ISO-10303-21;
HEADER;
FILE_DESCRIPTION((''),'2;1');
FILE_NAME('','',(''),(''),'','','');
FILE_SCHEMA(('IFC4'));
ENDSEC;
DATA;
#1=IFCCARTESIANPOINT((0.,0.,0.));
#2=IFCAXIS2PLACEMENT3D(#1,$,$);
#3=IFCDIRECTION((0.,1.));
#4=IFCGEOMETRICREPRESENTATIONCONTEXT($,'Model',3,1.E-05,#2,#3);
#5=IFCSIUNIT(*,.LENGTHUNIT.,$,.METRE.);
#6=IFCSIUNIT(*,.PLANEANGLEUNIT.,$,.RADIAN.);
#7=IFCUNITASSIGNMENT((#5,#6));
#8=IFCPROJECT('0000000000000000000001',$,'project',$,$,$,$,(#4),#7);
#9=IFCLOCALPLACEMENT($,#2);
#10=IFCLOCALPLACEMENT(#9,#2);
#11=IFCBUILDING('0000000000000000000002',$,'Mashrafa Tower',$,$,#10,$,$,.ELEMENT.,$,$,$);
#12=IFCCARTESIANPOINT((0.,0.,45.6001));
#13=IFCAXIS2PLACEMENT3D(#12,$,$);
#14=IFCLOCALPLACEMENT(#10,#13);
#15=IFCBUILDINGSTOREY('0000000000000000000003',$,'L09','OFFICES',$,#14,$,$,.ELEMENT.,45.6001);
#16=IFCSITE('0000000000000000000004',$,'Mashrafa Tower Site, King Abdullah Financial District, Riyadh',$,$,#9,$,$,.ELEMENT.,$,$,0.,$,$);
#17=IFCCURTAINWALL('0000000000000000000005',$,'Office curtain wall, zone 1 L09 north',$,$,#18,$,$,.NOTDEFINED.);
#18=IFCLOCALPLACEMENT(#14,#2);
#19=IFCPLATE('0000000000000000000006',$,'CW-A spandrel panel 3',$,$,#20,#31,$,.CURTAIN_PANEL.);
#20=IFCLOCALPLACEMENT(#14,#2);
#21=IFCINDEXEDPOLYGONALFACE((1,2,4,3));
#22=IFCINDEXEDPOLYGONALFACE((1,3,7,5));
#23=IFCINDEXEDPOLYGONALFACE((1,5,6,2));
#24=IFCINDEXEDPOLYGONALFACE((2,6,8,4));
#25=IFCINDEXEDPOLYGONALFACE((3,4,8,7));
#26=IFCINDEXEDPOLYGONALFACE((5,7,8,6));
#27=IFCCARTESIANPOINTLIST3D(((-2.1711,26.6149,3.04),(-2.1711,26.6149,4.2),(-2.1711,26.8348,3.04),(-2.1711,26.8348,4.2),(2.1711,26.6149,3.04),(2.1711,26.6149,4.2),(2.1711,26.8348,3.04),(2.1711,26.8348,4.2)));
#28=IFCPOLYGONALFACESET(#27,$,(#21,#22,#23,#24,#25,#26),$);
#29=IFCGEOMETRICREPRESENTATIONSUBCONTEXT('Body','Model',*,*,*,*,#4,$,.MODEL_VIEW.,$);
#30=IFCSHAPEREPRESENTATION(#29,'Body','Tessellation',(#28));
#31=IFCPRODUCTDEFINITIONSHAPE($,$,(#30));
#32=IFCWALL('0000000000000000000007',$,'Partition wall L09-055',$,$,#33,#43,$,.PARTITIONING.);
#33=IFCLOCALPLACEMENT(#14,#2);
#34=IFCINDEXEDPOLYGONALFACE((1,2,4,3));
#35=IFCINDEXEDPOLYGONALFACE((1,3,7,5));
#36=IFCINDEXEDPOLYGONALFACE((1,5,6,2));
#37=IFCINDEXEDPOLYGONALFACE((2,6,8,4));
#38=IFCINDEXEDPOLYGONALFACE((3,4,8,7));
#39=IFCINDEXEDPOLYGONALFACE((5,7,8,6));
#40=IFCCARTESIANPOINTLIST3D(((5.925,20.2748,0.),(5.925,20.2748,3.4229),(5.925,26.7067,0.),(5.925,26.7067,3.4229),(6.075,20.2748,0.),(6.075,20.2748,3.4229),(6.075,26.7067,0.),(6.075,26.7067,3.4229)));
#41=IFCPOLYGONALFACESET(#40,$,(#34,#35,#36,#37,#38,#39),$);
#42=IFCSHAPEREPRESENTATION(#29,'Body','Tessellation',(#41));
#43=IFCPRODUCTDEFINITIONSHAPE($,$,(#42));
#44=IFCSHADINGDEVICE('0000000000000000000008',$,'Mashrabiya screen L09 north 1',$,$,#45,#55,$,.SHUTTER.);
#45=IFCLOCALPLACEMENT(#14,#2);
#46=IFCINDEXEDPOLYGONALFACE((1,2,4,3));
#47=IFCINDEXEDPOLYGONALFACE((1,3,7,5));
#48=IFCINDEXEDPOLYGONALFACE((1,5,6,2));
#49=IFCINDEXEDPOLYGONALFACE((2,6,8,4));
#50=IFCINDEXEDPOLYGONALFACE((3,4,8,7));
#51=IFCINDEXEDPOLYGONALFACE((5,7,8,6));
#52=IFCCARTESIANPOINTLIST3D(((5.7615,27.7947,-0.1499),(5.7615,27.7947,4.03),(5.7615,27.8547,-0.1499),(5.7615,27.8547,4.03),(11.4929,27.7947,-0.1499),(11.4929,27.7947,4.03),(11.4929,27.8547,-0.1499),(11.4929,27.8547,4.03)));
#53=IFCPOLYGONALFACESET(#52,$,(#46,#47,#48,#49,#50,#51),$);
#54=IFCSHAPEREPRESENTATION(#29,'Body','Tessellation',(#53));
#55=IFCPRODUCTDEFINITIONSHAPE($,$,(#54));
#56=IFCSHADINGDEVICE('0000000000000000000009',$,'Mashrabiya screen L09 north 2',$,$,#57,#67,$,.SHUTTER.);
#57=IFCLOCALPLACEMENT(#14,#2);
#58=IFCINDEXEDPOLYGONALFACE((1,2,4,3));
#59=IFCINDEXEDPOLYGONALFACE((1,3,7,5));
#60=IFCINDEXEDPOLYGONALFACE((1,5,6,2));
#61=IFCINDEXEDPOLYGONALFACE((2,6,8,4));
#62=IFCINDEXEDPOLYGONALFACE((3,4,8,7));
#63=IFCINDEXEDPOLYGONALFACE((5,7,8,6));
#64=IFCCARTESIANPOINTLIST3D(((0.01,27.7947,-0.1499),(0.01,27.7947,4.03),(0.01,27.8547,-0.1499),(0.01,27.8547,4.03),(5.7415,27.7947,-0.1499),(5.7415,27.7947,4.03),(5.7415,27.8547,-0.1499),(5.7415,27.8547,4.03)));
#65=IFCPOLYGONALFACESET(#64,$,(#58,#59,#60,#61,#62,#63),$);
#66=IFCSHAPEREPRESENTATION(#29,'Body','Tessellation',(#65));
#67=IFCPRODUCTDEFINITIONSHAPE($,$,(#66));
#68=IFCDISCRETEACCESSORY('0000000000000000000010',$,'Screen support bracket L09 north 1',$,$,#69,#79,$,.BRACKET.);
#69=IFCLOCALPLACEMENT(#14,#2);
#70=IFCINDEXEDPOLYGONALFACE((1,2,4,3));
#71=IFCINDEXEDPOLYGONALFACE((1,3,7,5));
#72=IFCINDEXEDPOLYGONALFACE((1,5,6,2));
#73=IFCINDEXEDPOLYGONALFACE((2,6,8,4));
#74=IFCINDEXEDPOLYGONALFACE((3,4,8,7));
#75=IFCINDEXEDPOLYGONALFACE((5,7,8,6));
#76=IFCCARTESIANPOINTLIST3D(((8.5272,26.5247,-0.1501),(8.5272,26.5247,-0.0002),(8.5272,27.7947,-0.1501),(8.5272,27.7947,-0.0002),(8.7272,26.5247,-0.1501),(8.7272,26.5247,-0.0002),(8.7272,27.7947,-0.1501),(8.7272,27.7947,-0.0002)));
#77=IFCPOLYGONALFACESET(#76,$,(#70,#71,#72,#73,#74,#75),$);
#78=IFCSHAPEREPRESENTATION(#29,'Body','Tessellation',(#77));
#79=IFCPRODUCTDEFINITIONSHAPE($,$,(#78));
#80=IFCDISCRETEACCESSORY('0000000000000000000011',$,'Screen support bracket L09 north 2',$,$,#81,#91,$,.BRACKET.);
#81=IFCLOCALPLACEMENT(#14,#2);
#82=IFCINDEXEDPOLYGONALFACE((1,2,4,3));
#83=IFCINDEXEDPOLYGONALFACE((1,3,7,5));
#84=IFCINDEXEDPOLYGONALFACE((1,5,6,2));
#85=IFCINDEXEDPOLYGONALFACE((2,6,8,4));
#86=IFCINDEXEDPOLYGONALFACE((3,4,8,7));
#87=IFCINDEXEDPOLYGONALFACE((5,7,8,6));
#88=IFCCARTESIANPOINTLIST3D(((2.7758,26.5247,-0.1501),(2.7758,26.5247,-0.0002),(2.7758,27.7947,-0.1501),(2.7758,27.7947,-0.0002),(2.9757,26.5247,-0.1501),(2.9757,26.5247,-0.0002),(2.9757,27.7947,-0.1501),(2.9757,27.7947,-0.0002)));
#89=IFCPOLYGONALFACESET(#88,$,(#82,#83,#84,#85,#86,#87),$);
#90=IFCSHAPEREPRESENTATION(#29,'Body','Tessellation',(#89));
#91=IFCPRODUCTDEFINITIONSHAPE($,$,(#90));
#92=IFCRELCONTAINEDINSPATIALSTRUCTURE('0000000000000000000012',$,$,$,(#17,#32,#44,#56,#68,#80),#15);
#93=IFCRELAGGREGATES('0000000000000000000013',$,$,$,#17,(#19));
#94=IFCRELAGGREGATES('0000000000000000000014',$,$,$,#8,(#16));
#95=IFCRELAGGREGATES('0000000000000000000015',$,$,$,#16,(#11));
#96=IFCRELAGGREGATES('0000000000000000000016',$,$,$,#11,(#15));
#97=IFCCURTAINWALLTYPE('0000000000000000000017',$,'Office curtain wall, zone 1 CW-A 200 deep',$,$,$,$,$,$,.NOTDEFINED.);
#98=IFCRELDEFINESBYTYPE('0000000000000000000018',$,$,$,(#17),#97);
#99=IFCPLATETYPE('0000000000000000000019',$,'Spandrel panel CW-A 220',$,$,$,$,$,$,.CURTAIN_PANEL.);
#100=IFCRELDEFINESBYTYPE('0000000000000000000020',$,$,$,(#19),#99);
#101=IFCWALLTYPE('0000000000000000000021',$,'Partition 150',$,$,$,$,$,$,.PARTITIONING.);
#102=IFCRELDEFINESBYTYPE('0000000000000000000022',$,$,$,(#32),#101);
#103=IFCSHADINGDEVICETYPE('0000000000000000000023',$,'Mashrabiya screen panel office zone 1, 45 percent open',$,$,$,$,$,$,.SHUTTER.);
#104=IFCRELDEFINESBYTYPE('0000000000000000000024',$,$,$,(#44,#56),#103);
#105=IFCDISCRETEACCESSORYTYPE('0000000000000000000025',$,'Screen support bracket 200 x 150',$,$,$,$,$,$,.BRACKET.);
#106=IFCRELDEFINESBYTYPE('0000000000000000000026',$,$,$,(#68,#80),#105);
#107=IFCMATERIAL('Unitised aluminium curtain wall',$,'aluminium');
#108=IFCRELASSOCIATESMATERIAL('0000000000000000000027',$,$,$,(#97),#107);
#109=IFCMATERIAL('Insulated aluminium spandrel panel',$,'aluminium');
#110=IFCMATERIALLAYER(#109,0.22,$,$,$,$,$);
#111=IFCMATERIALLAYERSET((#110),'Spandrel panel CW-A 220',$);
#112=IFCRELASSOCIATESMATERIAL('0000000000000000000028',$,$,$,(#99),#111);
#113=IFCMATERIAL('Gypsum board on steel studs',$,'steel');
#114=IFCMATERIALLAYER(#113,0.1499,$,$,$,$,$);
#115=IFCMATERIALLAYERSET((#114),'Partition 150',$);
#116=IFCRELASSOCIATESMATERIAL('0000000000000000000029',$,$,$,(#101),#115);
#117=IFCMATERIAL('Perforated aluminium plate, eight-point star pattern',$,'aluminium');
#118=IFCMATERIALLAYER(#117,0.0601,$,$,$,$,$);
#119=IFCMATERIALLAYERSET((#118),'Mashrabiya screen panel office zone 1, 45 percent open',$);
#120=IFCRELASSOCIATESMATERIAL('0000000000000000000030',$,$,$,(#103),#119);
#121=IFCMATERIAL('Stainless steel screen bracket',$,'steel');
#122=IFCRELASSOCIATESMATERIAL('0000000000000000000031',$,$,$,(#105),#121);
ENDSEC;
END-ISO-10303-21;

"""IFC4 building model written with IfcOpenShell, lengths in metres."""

from ifc_helpers import new_model, si_unit, direction, frame, frame_2d, origin, origin_2d, place, context, subcontext, project, spatial, rectangle, extrude, source, transform, mapped, material, layer, layer_set, type_object, type_shapes, element, aggregate, save


model = new_model("IFC4")

# Units and contexts
model_context = context("Model", 3, precision=1e-05, world=origin(), true_north=direction((0.0, 1.0)))
body_context = subcontext(model_context, "Body", "Model", "MODEL_VIEW")
ifc_project = project(units=[si_unit("LENGTHUNIT", "METRE"), si_unit("PLANEANGLEUNIT", "RADIAN")], contexts=[model_context])

# Site, building, storey
site_placement = place(None, origin())
site = spatial("IfcSite", under=ifc_project, at=site_placement, Name="Mashrafa Tower Site, King Abdullah Financial District, Riyadh", CompositionType="ELEMENT", RefElevation=0.0)
building_placement = place(site_placement, origin())
building = spatial("IfcBuilding", under=site, at=building_placement, Name="Mashrafa Tower", CompositionType="ELEMENT")
storey_placement = place(building_placement, frame((0.0, 0.0, 45.6001)))
storey = spatial("IfcBuildingStorey", under=building, at=storey_placement, Name="L09", Description="OFFICES", CompositionType="ELEMENT", Elevation=45.6001)

# Shared definitions
ifc_material_1 = material(Name="Unitised aluminium curtain wall", Category="aluminium")
curtain_wall_type = type_object("IfcCurtainWallType", Name="Office curtain wall, zone 1 CW-A 200 deep", PredefinedType="NOTDEFINED", material=ifc_material_1)

# Curtain wall
curtain_wall_1_placement = place(storey_placement, origin())
curtain_wall_1 = element("IfcCurtainWall", 1, at=curtain_wall_1_placement, inside=storey, type_object=curtain_wall_type, Name="Office curtain wall, zone 1 L09 north", PredefinedType="NOTDEFINED")

# Plate
ifc_material_2 = material(Name="Insulated aluminium spandrel panel", Category="aluminium")
ifc_layer_1 = layer(ifc_material_2, 0.22)
ifc_layer_set_1 = layer_set([ifc_layer_1], Name="Spandrel panel CW-A 220")
plate_type_1 = type_object("IfcPlateType", Name="Spandrel panel CW-A 220", PredefinedType="CURTAIN_PANEL", material=ifc_layer_set_1)
shared_shape_1 = source(origin(), body_context, "Body", "SweptSolid", [
    extrude(rectangle(XDim=4.3423, YDim=0.22, at=origin_2d()), origin(), (0.0, 0.0, 1.0), 1.1599),
])
plate_1_placement = place(storey_placement, frame((0.0, 26.7249, 3.04), z_axis=(0.0, 0.0, 1.0), x_axis=(-1.0, 0.0, 0.0)))
plate_1 = element("IfcPlate", 2, at=plate_1_placement, type_object=plate_type_1, Name="CW-A spandrel panel 3", PredefinedType="CURTAIN_PANEL", context=body_context, shape_type="MappedRepresentation", body=[
    mapped(shared_shape_1, transform((0.0, 0.0, 0.0))),
])
aggregate(curtain_wall_1, [plate_1])

# Wall
ifc_material_3 = material(Name="Gypsum board on steel studs", Category="steel")
ifc_layer_2 = layer(ifc_material_3, 0.1499)
ifc_layer_set_2 = layer_set([ifc_layer_2], Name="Partition 150")
wall_type = type_object("IfcWallType", Name="Partition 150", PredefinedType="PARTITIONING", material=ifc_layer_set_2)
wall_placement = place(storey_placement, frame((6.0, 20.2749, 0.0), z_axis=(0.0, 0.0, 1.0), x_axis=(0.0, 1.0, 0.0)))
element("IfcWall", 3, at=wall_placement, inside=storey, type_object=wall_type, Name="Partition wall L09-055", PredefinedType="PARTITIONING", context=body_context, shape_type="SweptSolid", body=[
    extrude(rectangle(XDim=6.4319, YDim=0.1499, at=frame_2d((3.2158, 0.0))), origin(), (0.0, 0.0, 1.0), 3.4229),
])

# Shading devices
ifc_material_4 = material(Name="Perforated aluminium plate, eight-point star pattern", Category="aluminium")
ifc_layer_3 = layer(ifc_material_4, 0.0601)
ifc_layer_set_3 = layer_set([ifc_layer_3], Name="Mashrabiya screen panel office zone 1, 45 percent open")
shading_device_type = type_object("IfcShadingDeviceType", Name="Mashrabiya screen panel office zone 1, 45 percent open", PredefinedType="SHUTTER", material=ifc_layer_set_3)
shared_shape_2 = source(origin(), body_context, "Body", "SweptSolid", [
    extrude(rectangle(XDim=5.7314, YDim=0.0601, at=origin_2d()), origin(), (0.0, 0.0, 1.0), 4.1799),
])
type_shapes(shading_device_type, [shared_shape_2])
for number, where, z_axis, x_axis, name in (
    (4, (8.6272, 27.8247, -0.1499), (0.0, 0.0, 1.0), (-1.0, 0.0, 0.0), "Mashrabiya screen L09 north 1"),
    (5, (2.8757, 27.8247, -0.1499), (0.0, 0.0, 1.0), (-1.0, 0.0, 0.0), "Mashrabiya screen L09 north 2"),
):
    element("IfcShadingDevice", number, at=place(storey_placement, frame(where, z_axis=z_axis, x_axis=x_axis)), inside=storey, type_object=shading_device_type, Name=name, PredefinedType="SHUTTER", context=body_context, shape_type="MappedRepresentation", body=[
        mapped(shared_shape_2, transform((0.0, 0.0, 0.0))),
    ])

# Discrete accessories
ifc_material_5 = material(Name="Stainless steel screen bracket", Category="steel")
discrete_accessory_type = type_object("IfcDiscreteAccessoryType", Name="Screen support bracket 200 x 150", PredefinedType="BRACKET", material=ifc_material_5)
shared_shape_3 = source(origin(), body_context, "Body", "SweptSolid", [
    extrude(rectangle(XDim=0.2, YDim=1.27, at=origin_2d()), origin(), (0.0, 0.0, 1.0), 0.1499),
])
type_shapes(discrete_accessory_type, [shared_shape_3])
for number, where, z_axis, x_axis, name in (
    (6, (8.6272, 27.1597, -0.1501), (0.0, 0.0, 1.0), (-1.0, 0.0, 0.0), "Screen support bracket L09 north 1"),
    (7, (2.8757, 27.1597, -0.1501), (0.0, 0.0, 1.0), (-1.0, 0.0, 0.0), "Screen support bracket L09 north 2"),
):
    element("IfcDiscreteAccessory", number, at=place(storey_placement, frame(where, z_axis=z_axis, x_axis=x_axis)), inside=storey, type_object=discrete_accessory_type, Name=name, PredefinedType="BRACKET", context=body_context, shape_type="MappedRepresentation", body=[
        mapped(shared_shape_3, transform((0.0, 0.0, 0.0))),
    ])

save(model, "model.ifc")
